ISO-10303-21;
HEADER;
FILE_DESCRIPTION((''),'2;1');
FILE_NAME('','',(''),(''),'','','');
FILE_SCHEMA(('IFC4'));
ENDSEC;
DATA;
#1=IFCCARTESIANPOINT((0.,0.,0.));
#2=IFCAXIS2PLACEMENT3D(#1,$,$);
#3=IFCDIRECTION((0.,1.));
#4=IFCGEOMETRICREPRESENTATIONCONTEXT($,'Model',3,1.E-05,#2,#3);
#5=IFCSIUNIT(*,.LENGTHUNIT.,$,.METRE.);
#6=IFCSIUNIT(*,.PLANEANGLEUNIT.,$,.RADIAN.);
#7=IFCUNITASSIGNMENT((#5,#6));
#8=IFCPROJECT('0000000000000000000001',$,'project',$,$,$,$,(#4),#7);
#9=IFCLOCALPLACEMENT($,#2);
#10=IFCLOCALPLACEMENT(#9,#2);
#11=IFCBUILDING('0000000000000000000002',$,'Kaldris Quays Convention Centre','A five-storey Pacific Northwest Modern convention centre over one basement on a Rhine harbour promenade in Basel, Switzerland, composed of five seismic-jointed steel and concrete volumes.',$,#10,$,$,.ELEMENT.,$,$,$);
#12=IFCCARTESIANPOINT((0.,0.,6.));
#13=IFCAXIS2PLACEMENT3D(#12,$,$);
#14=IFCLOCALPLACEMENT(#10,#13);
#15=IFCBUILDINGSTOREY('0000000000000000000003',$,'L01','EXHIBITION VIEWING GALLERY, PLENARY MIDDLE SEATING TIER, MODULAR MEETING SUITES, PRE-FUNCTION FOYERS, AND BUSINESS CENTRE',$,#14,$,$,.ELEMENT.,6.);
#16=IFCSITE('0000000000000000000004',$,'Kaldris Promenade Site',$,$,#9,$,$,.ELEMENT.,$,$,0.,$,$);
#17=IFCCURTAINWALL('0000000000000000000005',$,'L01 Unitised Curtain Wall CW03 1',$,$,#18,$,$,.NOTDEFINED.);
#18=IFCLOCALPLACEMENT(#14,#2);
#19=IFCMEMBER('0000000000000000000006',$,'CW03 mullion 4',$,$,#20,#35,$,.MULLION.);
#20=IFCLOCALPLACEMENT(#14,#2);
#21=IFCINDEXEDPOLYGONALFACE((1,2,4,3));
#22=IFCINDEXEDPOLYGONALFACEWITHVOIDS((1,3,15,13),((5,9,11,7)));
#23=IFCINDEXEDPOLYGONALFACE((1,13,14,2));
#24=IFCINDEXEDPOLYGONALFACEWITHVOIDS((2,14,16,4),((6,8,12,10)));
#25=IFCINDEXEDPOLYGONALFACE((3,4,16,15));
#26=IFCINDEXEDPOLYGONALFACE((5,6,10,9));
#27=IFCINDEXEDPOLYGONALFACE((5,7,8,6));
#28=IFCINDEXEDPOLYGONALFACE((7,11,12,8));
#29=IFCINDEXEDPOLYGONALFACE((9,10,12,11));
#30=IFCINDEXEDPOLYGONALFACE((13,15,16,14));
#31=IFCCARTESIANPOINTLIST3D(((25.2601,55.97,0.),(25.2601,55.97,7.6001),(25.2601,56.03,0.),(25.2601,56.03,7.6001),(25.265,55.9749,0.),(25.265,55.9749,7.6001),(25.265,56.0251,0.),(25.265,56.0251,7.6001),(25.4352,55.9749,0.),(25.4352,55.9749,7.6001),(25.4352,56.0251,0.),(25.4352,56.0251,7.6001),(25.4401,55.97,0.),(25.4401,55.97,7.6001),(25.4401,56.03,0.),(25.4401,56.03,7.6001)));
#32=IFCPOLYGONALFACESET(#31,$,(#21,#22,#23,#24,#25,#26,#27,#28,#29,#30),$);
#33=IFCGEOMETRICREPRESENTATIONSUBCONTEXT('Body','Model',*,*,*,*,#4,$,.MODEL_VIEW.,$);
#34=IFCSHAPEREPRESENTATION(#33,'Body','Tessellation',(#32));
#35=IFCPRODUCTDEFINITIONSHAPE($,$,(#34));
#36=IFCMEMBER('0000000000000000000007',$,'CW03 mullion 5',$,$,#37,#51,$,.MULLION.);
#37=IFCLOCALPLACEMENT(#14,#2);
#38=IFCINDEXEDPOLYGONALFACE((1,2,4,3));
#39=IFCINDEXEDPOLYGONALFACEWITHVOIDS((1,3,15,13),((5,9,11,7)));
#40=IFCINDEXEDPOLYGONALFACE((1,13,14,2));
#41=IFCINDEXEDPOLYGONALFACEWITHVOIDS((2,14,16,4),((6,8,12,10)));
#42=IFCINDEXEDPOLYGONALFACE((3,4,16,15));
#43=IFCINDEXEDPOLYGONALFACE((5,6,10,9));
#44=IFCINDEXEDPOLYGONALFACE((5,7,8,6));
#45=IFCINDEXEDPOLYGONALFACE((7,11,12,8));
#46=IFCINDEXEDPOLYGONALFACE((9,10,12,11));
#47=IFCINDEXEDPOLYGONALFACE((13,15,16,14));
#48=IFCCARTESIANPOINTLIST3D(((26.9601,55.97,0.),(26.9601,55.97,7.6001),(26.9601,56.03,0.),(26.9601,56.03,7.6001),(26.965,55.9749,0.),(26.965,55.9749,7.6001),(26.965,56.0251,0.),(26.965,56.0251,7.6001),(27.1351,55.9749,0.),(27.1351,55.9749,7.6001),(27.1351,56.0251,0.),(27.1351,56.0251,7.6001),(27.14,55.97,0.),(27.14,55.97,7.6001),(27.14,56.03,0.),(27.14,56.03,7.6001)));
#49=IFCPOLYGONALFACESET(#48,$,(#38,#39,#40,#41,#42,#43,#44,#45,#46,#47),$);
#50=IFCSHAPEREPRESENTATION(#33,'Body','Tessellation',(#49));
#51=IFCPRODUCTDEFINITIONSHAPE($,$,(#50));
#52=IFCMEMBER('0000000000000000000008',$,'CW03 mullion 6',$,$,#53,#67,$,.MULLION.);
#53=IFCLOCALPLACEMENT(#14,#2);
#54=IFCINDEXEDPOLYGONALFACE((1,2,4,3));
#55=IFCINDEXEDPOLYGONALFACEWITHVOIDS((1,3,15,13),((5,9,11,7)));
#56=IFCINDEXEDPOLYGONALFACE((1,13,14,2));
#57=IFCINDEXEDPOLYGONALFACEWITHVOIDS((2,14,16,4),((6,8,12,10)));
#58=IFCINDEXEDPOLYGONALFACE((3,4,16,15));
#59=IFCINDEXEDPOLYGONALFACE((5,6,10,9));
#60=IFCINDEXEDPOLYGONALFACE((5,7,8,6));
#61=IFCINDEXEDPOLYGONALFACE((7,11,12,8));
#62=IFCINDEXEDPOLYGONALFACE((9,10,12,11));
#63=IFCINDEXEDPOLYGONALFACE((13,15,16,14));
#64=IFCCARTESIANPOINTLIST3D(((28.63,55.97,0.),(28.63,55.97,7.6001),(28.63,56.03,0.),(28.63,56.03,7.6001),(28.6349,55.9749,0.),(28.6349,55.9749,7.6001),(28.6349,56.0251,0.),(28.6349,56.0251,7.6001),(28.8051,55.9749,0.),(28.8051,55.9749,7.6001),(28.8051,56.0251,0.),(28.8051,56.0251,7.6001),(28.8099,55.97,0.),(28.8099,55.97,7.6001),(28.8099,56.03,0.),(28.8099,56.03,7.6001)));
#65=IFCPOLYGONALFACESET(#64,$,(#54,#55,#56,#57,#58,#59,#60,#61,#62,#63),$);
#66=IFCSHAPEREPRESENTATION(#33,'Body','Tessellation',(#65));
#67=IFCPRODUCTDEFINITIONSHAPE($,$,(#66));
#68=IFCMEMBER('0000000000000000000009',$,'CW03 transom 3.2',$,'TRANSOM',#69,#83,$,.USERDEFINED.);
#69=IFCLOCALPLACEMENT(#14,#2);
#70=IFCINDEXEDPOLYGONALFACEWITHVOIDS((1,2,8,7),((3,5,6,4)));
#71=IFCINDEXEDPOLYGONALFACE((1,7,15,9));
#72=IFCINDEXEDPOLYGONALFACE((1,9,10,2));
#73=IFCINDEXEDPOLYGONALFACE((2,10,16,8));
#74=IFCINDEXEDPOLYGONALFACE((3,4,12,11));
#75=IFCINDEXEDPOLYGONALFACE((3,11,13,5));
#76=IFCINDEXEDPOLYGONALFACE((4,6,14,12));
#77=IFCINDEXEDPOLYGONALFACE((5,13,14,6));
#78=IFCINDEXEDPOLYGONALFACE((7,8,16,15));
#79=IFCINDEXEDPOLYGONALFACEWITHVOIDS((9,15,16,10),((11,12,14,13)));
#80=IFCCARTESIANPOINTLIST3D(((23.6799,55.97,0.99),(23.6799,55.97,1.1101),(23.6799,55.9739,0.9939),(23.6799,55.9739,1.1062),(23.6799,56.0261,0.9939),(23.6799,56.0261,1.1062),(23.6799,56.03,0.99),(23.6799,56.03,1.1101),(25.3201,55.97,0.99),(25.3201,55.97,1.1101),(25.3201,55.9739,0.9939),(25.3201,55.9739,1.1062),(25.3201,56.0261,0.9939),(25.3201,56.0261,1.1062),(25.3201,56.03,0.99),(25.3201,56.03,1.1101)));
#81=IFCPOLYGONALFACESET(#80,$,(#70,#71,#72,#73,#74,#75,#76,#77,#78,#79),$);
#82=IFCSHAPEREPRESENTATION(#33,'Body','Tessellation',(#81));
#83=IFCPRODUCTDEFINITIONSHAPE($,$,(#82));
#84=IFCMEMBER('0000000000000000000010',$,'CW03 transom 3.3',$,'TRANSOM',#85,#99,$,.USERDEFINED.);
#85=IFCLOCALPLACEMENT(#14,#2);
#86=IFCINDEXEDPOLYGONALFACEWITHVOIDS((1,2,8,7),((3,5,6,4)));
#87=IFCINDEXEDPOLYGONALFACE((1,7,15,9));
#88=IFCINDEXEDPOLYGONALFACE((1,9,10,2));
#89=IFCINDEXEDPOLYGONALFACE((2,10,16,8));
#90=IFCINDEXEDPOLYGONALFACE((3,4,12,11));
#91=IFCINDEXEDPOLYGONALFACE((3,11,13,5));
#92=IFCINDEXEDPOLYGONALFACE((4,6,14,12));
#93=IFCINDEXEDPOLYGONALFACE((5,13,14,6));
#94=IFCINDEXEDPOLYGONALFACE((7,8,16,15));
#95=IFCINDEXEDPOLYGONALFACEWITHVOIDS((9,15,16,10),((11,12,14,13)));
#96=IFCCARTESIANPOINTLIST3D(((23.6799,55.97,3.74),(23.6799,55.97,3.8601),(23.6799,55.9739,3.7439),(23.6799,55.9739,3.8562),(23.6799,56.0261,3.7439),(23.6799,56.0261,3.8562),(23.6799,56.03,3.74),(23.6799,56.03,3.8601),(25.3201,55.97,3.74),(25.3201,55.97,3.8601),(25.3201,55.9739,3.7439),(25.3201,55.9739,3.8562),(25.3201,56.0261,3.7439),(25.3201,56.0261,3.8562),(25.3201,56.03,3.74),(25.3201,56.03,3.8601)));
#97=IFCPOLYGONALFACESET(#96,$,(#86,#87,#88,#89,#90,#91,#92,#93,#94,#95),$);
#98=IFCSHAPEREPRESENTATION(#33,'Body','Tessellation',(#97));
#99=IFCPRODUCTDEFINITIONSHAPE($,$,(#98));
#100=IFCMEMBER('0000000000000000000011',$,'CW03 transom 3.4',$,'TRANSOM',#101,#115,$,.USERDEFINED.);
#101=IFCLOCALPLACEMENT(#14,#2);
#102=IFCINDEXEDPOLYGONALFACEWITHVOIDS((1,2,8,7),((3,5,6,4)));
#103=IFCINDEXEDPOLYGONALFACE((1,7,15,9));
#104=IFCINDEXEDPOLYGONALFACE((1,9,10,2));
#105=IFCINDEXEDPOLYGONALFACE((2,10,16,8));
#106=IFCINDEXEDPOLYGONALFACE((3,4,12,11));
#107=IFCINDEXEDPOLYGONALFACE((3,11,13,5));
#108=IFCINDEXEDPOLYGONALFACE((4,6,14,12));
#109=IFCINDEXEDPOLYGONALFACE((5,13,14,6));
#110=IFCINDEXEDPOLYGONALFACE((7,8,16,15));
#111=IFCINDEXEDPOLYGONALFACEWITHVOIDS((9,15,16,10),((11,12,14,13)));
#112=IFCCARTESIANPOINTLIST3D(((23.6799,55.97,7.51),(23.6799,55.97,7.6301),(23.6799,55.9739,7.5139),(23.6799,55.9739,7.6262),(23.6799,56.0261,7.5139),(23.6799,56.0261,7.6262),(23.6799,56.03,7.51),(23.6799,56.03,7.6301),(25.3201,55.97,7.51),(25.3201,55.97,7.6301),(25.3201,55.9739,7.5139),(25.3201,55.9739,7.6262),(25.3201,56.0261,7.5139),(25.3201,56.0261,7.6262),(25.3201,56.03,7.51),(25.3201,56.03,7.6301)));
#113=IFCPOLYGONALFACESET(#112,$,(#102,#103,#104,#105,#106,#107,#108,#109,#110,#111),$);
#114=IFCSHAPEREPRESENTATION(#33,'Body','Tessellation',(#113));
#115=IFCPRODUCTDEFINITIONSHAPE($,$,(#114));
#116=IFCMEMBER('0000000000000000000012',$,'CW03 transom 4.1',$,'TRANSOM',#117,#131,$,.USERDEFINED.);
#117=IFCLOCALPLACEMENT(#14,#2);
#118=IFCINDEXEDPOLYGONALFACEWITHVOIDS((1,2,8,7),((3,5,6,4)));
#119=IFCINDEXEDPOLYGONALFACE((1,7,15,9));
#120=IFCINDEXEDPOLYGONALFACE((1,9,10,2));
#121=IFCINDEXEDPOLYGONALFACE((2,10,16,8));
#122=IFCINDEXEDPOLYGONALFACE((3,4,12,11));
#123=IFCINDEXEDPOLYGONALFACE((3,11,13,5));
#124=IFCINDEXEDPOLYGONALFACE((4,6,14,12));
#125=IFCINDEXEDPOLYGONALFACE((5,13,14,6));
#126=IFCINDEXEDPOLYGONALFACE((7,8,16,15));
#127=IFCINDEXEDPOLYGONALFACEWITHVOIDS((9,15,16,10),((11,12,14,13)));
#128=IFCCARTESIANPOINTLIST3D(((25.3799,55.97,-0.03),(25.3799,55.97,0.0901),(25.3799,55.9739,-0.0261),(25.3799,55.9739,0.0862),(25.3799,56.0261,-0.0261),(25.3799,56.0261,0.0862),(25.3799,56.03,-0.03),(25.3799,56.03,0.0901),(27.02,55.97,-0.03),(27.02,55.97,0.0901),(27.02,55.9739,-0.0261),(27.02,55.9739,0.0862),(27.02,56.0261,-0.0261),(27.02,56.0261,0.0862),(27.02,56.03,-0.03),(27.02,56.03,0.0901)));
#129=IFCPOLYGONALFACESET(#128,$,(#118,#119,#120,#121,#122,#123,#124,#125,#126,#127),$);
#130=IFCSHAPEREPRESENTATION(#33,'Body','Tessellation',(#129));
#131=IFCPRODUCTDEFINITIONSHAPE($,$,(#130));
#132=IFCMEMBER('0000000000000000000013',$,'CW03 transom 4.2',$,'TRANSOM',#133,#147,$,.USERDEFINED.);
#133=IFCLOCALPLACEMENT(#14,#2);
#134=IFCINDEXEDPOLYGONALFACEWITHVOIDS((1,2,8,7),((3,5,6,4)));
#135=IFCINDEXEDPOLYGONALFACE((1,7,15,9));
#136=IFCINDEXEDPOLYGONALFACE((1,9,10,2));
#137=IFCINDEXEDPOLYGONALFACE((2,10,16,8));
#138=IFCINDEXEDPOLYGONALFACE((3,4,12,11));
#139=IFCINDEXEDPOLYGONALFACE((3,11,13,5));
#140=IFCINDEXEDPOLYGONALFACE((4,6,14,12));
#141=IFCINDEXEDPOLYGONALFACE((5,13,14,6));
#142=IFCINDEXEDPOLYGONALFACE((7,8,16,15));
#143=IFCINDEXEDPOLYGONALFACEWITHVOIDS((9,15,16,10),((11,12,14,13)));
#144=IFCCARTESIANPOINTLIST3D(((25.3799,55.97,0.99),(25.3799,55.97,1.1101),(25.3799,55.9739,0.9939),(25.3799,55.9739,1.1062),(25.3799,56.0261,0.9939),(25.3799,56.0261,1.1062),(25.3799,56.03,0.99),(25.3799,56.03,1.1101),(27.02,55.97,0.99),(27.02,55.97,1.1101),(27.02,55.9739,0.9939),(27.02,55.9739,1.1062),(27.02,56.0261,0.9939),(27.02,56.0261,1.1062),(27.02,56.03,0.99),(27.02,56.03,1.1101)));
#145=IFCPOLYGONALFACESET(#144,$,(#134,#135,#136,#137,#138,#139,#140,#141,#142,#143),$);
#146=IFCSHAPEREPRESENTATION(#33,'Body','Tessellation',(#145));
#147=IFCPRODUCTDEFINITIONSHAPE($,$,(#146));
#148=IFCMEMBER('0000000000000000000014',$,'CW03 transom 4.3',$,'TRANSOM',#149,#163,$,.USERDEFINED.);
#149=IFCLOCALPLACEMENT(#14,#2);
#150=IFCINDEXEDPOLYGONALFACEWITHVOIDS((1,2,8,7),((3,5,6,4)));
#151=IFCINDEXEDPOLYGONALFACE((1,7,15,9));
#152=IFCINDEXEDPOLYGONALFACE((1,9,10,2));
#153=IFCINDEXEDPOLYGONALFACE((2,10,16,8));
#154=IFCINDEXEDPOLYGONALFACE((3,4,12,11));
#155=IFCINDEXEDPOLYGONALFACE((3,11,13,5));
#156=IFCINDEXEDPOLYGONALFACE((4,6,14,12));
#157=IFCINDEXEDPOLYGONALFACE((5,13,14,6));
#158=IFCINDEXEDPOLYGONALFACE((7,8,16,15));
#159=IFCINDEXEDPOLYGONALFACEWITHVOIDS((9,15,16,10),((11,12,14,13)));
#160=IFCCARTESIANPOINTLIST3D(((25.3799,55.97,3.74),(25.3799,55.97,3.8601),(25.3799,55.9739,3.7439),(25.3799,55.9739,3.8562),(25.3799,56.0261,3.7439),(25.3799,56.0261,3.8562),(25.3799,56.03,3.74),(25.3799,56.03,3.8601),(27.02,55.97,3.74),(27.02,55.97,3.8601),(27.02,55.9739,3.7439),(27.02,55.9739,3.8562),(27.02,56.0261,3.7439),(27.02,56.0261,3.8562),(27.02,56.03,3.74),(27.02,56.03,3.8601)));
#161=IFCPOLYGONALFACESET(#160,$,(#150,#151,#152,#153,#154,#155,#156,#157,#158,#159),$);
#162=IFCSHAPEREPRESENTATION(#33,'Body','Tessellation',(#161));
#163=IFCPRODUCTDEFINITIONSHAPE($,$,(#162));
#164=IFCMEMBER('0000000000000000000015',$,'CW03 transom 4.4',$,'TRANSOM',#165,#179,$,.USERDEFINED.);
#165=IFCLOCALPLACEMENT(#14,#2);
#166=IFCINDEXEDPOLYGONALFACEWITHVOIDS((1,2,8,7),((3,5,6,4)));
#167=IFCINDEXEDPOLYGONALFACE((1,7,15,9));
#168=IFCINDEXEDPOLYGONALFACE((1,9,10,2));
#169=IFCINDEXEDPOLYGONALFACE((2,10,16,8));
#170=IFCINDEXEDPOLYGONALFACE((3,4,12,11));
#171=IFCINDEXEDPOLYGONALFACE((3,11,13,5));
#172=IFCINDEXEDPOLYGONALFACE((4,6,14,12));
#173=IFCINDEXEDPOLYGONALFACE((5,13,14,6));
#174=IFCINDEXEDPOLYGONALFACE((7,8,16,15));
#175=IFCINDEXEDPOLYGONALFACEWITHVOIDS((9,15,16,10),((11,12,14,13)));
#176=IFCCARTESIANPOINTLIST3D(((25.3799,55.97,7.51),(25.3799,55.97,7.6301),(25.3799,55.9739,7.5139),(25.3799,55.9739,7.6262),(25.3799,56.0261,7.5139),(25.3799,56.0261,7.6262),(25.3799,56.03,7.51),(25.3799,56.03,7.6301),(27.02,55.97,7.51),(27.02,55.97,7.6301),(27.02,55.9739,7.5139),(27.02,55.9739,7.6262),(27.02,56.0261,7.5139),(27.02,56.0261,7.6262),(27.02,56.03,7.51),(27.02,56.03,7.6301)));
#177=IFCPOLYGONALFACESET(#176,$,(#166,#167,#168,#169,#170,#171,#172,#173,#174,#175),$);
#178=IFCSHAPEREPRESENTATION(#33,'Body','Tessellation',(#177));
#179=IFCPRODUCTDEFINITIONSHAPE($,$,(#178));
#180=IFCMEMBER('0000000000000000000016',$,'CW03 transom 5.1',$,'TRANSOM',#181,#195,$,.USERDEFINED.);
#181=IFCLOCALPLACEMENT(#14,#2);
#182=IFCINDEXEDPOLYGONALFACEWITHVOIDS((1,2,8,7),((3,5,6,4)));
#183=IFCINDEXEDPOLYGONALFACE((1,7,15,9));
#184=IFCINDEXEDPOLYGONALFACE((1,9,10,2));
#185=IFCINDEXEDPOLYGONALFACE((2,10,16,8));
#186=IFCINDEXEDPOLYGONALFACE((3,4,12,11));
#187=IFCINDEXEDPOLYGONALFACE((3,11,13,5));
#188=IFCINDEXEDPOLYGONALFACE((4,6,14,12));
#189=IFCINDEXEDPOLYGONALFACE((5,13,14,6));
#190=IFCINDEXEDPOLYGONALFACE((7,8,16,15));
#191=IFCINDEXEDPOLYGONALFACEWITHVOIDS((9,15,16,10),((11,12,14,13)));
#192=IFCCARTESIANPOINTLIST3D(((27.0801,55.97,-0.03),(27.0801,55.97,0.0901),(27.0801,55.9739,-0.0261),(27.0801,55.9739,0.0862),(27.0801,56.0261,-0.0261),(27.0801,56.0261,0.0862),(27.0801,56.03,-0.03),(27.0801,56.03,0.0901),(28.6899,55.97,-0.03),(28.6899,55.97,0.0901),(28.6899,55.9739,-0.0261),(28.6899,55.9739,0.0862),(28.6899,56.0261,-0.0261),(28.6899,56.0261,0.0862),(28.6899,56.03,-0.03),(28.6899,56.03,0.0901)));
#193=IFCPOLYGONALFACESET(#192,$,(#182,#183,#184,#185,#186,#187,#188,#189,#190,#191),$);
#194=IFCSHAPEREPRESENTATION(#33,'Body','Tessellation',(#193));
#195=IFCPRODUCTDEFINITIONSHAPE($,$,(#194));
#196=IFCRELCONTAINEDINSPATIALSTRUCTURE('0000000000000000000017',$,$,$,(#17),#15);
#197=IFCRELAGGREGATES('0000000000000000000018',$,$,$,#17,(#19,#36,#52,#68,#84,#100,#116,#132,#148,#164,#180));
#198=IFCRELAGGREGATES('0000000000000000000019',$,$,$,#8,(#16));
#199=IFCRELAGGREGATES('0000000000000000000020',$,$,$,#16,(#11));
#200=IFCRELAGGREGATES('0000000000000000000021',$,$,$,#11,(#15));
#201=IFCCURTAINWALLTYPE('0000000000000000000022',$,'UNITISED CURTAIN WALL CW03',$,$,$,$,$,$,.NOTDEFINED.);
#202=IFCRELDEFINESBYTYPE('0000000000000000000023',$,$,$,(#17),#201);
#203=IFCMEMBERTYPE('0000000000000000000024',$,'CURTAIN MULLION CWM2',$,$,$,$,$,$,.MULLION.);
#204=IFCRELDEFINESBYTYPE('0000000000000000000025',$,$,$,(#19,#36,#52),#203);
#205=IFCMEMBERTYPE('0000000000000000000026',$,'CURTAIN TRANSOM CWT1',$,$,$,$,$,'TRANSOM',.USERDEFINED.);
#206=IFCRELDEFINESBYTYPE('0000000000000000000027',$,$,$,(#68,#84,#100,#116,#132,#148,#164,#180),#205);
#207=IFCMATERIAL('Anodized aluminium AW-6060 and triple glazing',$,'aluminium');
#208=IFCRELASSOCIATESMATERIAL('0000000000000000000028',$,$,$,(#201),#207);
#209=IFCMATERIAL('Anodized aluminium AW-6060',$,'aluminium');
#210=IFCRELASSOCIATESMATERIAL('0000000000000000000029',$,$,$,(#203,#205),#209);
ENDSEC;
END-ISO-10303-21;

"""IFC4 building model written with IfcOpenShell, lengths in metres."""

from ifc_helpers import new_model, si_unit, direction, frame, origin, origin_2d, place, context, subcontext, project, spatial, hollow_rectangle, extrude, material, material_profile, profile_set, type_object, element, aggregate, save


model = new_model("IFC4")

# Units and contexts
model_context = context("Model", 3, precision=1e-05, world=origin(), true_north=direction((0.0, 1.0)))
body_context = subcontext(model_context, "Body", "Model", "MODEL_VIEW")
ifc_project = project(units=[si_unit("LENGTHUNIT", "METRE"), si_unit("PLANEANGLEUNIT", "RADIAN")], contexts=[model_context])

# Site, building, storey
site_placement = place(None, origin())
site = spatial("IfcSite", under=ifc_project, at=site_placement, Name="Kaldris Promenade Site", CompositionType="ELEMENT", RefElevation=0.0)
building_placement = place(site_placement, origin())
building = spatial("IfcBuilding", under=site, at=building_placement, Name="Kaldris Quays Convention Centre", Description="A five-storey Pacific Northwest Modern convention centre over one basement on a Rhine harbour promenade in Basel, Switzerland, composed of five seismic-jointed steel and concrete volumes.", CompositionType="ELEMENT")
storey_placement = place(building_placement, frame((0.0, 0.0, 6.0)))
storey = spatial("IfcBuildingStorey", under=building, at=storey_placement, Name="L01", Description="EXHIBITION VIEWING GALLERY, PLENARY MIDDLE SEATING TIER, MODULAR MEETING SUITES, PRE-FUNCTION FOYERS, AND BUSINESS CENTRE", CompositionType="ELEMENT", Elevation=6.0)

# Curtain wall, members
ifc_material_1 = material(Name="Anodized aluminium AW-6060 and triple glazing", Category="aluminium")
curtain_wall_type = type_object("IfcCurtainWallType", Name="UNITISED CURTAIN WALL CW03", PredefinedType="NOTDEFINED", material=ifc_material_1)
curtain_wall_placement = place(storey_placement, origin())
curtain_wall = element("IfcCurtainWall", 1, at=curtain_wall_placement, inside=storey, type_object=curtain_wall_type, Name="L01 Unitised Curtain Wall CW03 1", PredefinedType="NOTDEFINED")
ifc_material_2 = material(Name="Anodized aluminium AW-6060", Category="aluminium")
ifc_material_profile_1 = material_profile(ifc_material_2, hollow_rectangle(XDim=0.0601, YDim=0.1799, WallThickness=0.0049, at=origin_2d()), Name="RHS 180x60x5")
ifc_profile_set_1 = profile_set([ifc_material_profile_1], Name="Anodized aluminium AW-6060")
member_type_1 = type_object("IfcMemberType", Name="CURTAIN MULLION CWM2", PredefinedType="MULLION", material=ifc_profile_set_1)
member_1_placement = place(storey_placement, frame((25.3501, 56.0, 0.0), z_axis=(0.0, 0.0, 1.0), x_axis=(0.0, 1.0, 0.0)))
member_1 = element("IfcMember", 2, at=member_1_placement, type_object=member_type_1, Name="CW03 mullion 4", PredefinedType="MULLION", context=body_context, shape_type="SweptSolid", body=[
    extrude(hollow_rectangle(XDim=0.0601, YDim=0.1799, WallThickness=0.0049, at=origin_2d()), origin(), (0.0, 0.0, 1.0), 7.6001),
])
member_2_placement = place(storey_placement, frame((27.05, 56.0, 0.0), z_axis=(0.0, 0.0, 1.0), x_axis=(0.0, 1.0, 0.0)))
member_2 = element("IfcMember", 3, at=member_2_placement, type_object=member_type_1, Name="CW03 mullion 5", PredefinedType="MULLION", context=body_context, shape_type="SweptSolid", body=[
    extrude(hollow_rectangle(XDim=0.0601, YDim=0.1799, WallThickness=0.0049, at=origin_2d()), origin(), (0.0, 0.0, 1.0), 7.6001),
])
member_3_placement = place(storey_placement, frame((28.72, 56.0, 0.0), z_axis=(0.0, 0.0, 1.0), x_axis=(0.0, 1.0, 0.0)))
member_3 = element("IfcMember", 4, at=member_3_placement, type_object=member_type_1, Name="CW03 mullion 6", PredefinedType="MULLION", context=body_context, shape_type="SweptSolid", body=[
    extrude(hollow_rectangle(XDim=0.0601, YDim=0.1799, WallThickness=0.0049, at=origin_2d()), origin(), (0.0, 0.0, 1.0), 7.6001),
])
ifc_material_profile_2 = material_profile(ifc_material_2, hollow_rectangle(XDim=0.0601, YDim=0.1201, WallThickness=0.0039, at=origin_2d()), Name="RHS 120x60x4")
ifc_profile_set_2 = profile_set([ifc_material_profile_2], Name="Anodized aluminium AW-6060")
member_type_2 = type_object("IfcMemberType", Name="CURTAIN TRANSOM CWT1", ElementType="TRANSOM", PredefinedType="USERDEFINED", material=ifc_profile_set_2)
member_4_placement = place(storey_placement, frame((23.6799, 56.0, 1.05), z_axis=(1.0, 0.0, 0.0), x_axis=(0.0, 1.0, 0.0)))
member_4 = element("IfcMember", 5, at=member_4_placement, type_object=member_type_2, Name="CW03 transom 3.2", ObjectType="TRANSOM", PredefinedType="USERDEFINED", context=body_context, shape_type="SweptSolid", body=[
    extrude(hollow_rectangle(XDim=0.0601, YDim=0.1201, WallThickness=0.0039, at=origin_2d()), origin(), (0.0, 0.0, 1.0), 1.6401),
])
member_5_placement = place(storey_placement, frame((23.6799, 56.0, 3.8), z_axis=(1.0, 0.0, 0.0), x_axis=(0.0, 1.0, 0.0)))
member_5 = element("IfcMember", 6, at=member_5_placement, type_object=member_type_2, Name="CW03 transom 3.3", ObjectType="TRANSOM", PredefinedType="USERDEFINED", context=body_context, shape_type="SweptSolid", body=[
    extrude(hollow_rectangle(XDim=0.0601, YDim=0.1201, WallThickness=0.0039, at=origin_2d()), origin(), (0.0, 0.0, 1.0), 1.6401),
])
member_6_placement = place(storey_placement, frame((23.6799, 56.0, 7.5701), z_axis=(1.0, 0.0, 0.0), x_axis=(0.0, 1.0, 0.0)))
member_6 = element("IfcMember", 7, at=member_6_placement, type_object=member_type_2, Name="CW03 transom 3.4", ObjectType="TRANSOM", PredefinedType="USERDEFINED", context=body_context, shape_type="SweptSolid", body=[
    extrude(hollow_rectangle(XDim=0.0601, YDim=0.1201, WallThickness=0.0039, at=origin_2d()), origin(), (0.0, 0.0, 1.0), 1.6401),
])
member_7_placement = place(storey_placement, frame((25.3799, 56.0, 0.03), z_axis=(1.0, 0.0, 0.0), x_axis=(0.0, 1.0, 0.0)))
member_7 = element("IfcMember", 8, at=member_7_placement, type_object=member_type_2, Name="CW03 transom 4.1", ObjectType="TRANSOM", PredefinedType="USERDEFINED", context=body_context, shape_type="SweptSolid", body=[
    extrude(hollow_rectangle(XDim=0.0601, YDim=0.1201, WallThickness=0.0039, at=origin_2d()), origin(), (0.0, 0.0, 1.0), 1.6401),
])
member_8_placement = place(storey_placement, frame((25.3799, 56.0, 1.05), z_axis=(1.0, 0.0, 0.0), x_axis=(0.0, 1.0, 0.0)))
member_8 = element("IfcMember", 9, at=member_8_placement, type_object=member_type_2, Name="CW03 transom 4.2", ObjectType="TRANSOM", PredefinedType="USERDEFINED", context=body_context, shape_type="SweptSolid", body=[
    extrude(hollow_rectangle(XDim=0.0601, YDim=0.1201, WallThickness=0.0039, at=origin_2d()), origin(), (0.0, 0.0, 1.0), 1.6401),
])
member_9_placement = place(storey_placement, frame((25.3799, 56.0, 3.8), z_axis=(1.0, 0.0, 0.0), x_axis=(0.0, 1.0, 0.0)))
member_9 = element("IfcMember", 10, at=member_9_placement, type_object=member_type_2, Name="CW03 transom 4.3", ObjectType="TRANSOM", PredefinedType="USERDEFINED", context=body_context, shape_type="SweptSolid", body=[
    extrude(hollow_rectangle(XDim=0.0601, YDim=0.1201, WallThickness=0.0039, at=origin_2d()), origin(), (0.0, 0.0, 1.0), 1.6401),
])
member_10_placement = place(storey_placement, frame((25.3799, 56.0, 7.5701), z_axis=(1.0, 0.0, 0.0), x_axis=(0.0, 1.0, 0.0)))
member_10 = element("IfcMember", 11, at=member_10_placement, type_object=member_type_2, Name="CW03 transom 4.4", ObjectType="TRANSOM", PredefinedType="USERDEFINED", context=body_context, shape_type="SweptSolid", body=[
    extrude(hollow_rectangle(XDim=0.0601, YDim=0.1201, WallThickness=0.0039, at=origin_2d()), origin(), (0.0, 0.0, 1.0), 1.6401),
])
member_11_placement = place(storey_placement, frame((27.0801, 56.0, 0.03), z_axis=(1.0, 0.0, 0.0), x_axis=(0.0, 1.0, 0.0)))
member_11 = element("IfcMember", 12, at=member_11_placement, type_object=member_type_2, Name="CW03 transom 5.1", ObjectType="TRANSOM", PredefinedType="USERDEFINED", context=body_context, shape_type="SweptSolid", body=[
    extrude(hollow_rectangle(XDim=0.0601, YDim=0.1201, WallThickness=0.0039, at=origin_2d()), origin(), (0.0, 0.0, 1.0), 1.6099),
])
aggregate(curtain_wall, [member_1, member_2, member_3, member_4, member_5, member_6, member_7, member_8, member_9, member_10, member_11])

save(model, "model.ifc")
